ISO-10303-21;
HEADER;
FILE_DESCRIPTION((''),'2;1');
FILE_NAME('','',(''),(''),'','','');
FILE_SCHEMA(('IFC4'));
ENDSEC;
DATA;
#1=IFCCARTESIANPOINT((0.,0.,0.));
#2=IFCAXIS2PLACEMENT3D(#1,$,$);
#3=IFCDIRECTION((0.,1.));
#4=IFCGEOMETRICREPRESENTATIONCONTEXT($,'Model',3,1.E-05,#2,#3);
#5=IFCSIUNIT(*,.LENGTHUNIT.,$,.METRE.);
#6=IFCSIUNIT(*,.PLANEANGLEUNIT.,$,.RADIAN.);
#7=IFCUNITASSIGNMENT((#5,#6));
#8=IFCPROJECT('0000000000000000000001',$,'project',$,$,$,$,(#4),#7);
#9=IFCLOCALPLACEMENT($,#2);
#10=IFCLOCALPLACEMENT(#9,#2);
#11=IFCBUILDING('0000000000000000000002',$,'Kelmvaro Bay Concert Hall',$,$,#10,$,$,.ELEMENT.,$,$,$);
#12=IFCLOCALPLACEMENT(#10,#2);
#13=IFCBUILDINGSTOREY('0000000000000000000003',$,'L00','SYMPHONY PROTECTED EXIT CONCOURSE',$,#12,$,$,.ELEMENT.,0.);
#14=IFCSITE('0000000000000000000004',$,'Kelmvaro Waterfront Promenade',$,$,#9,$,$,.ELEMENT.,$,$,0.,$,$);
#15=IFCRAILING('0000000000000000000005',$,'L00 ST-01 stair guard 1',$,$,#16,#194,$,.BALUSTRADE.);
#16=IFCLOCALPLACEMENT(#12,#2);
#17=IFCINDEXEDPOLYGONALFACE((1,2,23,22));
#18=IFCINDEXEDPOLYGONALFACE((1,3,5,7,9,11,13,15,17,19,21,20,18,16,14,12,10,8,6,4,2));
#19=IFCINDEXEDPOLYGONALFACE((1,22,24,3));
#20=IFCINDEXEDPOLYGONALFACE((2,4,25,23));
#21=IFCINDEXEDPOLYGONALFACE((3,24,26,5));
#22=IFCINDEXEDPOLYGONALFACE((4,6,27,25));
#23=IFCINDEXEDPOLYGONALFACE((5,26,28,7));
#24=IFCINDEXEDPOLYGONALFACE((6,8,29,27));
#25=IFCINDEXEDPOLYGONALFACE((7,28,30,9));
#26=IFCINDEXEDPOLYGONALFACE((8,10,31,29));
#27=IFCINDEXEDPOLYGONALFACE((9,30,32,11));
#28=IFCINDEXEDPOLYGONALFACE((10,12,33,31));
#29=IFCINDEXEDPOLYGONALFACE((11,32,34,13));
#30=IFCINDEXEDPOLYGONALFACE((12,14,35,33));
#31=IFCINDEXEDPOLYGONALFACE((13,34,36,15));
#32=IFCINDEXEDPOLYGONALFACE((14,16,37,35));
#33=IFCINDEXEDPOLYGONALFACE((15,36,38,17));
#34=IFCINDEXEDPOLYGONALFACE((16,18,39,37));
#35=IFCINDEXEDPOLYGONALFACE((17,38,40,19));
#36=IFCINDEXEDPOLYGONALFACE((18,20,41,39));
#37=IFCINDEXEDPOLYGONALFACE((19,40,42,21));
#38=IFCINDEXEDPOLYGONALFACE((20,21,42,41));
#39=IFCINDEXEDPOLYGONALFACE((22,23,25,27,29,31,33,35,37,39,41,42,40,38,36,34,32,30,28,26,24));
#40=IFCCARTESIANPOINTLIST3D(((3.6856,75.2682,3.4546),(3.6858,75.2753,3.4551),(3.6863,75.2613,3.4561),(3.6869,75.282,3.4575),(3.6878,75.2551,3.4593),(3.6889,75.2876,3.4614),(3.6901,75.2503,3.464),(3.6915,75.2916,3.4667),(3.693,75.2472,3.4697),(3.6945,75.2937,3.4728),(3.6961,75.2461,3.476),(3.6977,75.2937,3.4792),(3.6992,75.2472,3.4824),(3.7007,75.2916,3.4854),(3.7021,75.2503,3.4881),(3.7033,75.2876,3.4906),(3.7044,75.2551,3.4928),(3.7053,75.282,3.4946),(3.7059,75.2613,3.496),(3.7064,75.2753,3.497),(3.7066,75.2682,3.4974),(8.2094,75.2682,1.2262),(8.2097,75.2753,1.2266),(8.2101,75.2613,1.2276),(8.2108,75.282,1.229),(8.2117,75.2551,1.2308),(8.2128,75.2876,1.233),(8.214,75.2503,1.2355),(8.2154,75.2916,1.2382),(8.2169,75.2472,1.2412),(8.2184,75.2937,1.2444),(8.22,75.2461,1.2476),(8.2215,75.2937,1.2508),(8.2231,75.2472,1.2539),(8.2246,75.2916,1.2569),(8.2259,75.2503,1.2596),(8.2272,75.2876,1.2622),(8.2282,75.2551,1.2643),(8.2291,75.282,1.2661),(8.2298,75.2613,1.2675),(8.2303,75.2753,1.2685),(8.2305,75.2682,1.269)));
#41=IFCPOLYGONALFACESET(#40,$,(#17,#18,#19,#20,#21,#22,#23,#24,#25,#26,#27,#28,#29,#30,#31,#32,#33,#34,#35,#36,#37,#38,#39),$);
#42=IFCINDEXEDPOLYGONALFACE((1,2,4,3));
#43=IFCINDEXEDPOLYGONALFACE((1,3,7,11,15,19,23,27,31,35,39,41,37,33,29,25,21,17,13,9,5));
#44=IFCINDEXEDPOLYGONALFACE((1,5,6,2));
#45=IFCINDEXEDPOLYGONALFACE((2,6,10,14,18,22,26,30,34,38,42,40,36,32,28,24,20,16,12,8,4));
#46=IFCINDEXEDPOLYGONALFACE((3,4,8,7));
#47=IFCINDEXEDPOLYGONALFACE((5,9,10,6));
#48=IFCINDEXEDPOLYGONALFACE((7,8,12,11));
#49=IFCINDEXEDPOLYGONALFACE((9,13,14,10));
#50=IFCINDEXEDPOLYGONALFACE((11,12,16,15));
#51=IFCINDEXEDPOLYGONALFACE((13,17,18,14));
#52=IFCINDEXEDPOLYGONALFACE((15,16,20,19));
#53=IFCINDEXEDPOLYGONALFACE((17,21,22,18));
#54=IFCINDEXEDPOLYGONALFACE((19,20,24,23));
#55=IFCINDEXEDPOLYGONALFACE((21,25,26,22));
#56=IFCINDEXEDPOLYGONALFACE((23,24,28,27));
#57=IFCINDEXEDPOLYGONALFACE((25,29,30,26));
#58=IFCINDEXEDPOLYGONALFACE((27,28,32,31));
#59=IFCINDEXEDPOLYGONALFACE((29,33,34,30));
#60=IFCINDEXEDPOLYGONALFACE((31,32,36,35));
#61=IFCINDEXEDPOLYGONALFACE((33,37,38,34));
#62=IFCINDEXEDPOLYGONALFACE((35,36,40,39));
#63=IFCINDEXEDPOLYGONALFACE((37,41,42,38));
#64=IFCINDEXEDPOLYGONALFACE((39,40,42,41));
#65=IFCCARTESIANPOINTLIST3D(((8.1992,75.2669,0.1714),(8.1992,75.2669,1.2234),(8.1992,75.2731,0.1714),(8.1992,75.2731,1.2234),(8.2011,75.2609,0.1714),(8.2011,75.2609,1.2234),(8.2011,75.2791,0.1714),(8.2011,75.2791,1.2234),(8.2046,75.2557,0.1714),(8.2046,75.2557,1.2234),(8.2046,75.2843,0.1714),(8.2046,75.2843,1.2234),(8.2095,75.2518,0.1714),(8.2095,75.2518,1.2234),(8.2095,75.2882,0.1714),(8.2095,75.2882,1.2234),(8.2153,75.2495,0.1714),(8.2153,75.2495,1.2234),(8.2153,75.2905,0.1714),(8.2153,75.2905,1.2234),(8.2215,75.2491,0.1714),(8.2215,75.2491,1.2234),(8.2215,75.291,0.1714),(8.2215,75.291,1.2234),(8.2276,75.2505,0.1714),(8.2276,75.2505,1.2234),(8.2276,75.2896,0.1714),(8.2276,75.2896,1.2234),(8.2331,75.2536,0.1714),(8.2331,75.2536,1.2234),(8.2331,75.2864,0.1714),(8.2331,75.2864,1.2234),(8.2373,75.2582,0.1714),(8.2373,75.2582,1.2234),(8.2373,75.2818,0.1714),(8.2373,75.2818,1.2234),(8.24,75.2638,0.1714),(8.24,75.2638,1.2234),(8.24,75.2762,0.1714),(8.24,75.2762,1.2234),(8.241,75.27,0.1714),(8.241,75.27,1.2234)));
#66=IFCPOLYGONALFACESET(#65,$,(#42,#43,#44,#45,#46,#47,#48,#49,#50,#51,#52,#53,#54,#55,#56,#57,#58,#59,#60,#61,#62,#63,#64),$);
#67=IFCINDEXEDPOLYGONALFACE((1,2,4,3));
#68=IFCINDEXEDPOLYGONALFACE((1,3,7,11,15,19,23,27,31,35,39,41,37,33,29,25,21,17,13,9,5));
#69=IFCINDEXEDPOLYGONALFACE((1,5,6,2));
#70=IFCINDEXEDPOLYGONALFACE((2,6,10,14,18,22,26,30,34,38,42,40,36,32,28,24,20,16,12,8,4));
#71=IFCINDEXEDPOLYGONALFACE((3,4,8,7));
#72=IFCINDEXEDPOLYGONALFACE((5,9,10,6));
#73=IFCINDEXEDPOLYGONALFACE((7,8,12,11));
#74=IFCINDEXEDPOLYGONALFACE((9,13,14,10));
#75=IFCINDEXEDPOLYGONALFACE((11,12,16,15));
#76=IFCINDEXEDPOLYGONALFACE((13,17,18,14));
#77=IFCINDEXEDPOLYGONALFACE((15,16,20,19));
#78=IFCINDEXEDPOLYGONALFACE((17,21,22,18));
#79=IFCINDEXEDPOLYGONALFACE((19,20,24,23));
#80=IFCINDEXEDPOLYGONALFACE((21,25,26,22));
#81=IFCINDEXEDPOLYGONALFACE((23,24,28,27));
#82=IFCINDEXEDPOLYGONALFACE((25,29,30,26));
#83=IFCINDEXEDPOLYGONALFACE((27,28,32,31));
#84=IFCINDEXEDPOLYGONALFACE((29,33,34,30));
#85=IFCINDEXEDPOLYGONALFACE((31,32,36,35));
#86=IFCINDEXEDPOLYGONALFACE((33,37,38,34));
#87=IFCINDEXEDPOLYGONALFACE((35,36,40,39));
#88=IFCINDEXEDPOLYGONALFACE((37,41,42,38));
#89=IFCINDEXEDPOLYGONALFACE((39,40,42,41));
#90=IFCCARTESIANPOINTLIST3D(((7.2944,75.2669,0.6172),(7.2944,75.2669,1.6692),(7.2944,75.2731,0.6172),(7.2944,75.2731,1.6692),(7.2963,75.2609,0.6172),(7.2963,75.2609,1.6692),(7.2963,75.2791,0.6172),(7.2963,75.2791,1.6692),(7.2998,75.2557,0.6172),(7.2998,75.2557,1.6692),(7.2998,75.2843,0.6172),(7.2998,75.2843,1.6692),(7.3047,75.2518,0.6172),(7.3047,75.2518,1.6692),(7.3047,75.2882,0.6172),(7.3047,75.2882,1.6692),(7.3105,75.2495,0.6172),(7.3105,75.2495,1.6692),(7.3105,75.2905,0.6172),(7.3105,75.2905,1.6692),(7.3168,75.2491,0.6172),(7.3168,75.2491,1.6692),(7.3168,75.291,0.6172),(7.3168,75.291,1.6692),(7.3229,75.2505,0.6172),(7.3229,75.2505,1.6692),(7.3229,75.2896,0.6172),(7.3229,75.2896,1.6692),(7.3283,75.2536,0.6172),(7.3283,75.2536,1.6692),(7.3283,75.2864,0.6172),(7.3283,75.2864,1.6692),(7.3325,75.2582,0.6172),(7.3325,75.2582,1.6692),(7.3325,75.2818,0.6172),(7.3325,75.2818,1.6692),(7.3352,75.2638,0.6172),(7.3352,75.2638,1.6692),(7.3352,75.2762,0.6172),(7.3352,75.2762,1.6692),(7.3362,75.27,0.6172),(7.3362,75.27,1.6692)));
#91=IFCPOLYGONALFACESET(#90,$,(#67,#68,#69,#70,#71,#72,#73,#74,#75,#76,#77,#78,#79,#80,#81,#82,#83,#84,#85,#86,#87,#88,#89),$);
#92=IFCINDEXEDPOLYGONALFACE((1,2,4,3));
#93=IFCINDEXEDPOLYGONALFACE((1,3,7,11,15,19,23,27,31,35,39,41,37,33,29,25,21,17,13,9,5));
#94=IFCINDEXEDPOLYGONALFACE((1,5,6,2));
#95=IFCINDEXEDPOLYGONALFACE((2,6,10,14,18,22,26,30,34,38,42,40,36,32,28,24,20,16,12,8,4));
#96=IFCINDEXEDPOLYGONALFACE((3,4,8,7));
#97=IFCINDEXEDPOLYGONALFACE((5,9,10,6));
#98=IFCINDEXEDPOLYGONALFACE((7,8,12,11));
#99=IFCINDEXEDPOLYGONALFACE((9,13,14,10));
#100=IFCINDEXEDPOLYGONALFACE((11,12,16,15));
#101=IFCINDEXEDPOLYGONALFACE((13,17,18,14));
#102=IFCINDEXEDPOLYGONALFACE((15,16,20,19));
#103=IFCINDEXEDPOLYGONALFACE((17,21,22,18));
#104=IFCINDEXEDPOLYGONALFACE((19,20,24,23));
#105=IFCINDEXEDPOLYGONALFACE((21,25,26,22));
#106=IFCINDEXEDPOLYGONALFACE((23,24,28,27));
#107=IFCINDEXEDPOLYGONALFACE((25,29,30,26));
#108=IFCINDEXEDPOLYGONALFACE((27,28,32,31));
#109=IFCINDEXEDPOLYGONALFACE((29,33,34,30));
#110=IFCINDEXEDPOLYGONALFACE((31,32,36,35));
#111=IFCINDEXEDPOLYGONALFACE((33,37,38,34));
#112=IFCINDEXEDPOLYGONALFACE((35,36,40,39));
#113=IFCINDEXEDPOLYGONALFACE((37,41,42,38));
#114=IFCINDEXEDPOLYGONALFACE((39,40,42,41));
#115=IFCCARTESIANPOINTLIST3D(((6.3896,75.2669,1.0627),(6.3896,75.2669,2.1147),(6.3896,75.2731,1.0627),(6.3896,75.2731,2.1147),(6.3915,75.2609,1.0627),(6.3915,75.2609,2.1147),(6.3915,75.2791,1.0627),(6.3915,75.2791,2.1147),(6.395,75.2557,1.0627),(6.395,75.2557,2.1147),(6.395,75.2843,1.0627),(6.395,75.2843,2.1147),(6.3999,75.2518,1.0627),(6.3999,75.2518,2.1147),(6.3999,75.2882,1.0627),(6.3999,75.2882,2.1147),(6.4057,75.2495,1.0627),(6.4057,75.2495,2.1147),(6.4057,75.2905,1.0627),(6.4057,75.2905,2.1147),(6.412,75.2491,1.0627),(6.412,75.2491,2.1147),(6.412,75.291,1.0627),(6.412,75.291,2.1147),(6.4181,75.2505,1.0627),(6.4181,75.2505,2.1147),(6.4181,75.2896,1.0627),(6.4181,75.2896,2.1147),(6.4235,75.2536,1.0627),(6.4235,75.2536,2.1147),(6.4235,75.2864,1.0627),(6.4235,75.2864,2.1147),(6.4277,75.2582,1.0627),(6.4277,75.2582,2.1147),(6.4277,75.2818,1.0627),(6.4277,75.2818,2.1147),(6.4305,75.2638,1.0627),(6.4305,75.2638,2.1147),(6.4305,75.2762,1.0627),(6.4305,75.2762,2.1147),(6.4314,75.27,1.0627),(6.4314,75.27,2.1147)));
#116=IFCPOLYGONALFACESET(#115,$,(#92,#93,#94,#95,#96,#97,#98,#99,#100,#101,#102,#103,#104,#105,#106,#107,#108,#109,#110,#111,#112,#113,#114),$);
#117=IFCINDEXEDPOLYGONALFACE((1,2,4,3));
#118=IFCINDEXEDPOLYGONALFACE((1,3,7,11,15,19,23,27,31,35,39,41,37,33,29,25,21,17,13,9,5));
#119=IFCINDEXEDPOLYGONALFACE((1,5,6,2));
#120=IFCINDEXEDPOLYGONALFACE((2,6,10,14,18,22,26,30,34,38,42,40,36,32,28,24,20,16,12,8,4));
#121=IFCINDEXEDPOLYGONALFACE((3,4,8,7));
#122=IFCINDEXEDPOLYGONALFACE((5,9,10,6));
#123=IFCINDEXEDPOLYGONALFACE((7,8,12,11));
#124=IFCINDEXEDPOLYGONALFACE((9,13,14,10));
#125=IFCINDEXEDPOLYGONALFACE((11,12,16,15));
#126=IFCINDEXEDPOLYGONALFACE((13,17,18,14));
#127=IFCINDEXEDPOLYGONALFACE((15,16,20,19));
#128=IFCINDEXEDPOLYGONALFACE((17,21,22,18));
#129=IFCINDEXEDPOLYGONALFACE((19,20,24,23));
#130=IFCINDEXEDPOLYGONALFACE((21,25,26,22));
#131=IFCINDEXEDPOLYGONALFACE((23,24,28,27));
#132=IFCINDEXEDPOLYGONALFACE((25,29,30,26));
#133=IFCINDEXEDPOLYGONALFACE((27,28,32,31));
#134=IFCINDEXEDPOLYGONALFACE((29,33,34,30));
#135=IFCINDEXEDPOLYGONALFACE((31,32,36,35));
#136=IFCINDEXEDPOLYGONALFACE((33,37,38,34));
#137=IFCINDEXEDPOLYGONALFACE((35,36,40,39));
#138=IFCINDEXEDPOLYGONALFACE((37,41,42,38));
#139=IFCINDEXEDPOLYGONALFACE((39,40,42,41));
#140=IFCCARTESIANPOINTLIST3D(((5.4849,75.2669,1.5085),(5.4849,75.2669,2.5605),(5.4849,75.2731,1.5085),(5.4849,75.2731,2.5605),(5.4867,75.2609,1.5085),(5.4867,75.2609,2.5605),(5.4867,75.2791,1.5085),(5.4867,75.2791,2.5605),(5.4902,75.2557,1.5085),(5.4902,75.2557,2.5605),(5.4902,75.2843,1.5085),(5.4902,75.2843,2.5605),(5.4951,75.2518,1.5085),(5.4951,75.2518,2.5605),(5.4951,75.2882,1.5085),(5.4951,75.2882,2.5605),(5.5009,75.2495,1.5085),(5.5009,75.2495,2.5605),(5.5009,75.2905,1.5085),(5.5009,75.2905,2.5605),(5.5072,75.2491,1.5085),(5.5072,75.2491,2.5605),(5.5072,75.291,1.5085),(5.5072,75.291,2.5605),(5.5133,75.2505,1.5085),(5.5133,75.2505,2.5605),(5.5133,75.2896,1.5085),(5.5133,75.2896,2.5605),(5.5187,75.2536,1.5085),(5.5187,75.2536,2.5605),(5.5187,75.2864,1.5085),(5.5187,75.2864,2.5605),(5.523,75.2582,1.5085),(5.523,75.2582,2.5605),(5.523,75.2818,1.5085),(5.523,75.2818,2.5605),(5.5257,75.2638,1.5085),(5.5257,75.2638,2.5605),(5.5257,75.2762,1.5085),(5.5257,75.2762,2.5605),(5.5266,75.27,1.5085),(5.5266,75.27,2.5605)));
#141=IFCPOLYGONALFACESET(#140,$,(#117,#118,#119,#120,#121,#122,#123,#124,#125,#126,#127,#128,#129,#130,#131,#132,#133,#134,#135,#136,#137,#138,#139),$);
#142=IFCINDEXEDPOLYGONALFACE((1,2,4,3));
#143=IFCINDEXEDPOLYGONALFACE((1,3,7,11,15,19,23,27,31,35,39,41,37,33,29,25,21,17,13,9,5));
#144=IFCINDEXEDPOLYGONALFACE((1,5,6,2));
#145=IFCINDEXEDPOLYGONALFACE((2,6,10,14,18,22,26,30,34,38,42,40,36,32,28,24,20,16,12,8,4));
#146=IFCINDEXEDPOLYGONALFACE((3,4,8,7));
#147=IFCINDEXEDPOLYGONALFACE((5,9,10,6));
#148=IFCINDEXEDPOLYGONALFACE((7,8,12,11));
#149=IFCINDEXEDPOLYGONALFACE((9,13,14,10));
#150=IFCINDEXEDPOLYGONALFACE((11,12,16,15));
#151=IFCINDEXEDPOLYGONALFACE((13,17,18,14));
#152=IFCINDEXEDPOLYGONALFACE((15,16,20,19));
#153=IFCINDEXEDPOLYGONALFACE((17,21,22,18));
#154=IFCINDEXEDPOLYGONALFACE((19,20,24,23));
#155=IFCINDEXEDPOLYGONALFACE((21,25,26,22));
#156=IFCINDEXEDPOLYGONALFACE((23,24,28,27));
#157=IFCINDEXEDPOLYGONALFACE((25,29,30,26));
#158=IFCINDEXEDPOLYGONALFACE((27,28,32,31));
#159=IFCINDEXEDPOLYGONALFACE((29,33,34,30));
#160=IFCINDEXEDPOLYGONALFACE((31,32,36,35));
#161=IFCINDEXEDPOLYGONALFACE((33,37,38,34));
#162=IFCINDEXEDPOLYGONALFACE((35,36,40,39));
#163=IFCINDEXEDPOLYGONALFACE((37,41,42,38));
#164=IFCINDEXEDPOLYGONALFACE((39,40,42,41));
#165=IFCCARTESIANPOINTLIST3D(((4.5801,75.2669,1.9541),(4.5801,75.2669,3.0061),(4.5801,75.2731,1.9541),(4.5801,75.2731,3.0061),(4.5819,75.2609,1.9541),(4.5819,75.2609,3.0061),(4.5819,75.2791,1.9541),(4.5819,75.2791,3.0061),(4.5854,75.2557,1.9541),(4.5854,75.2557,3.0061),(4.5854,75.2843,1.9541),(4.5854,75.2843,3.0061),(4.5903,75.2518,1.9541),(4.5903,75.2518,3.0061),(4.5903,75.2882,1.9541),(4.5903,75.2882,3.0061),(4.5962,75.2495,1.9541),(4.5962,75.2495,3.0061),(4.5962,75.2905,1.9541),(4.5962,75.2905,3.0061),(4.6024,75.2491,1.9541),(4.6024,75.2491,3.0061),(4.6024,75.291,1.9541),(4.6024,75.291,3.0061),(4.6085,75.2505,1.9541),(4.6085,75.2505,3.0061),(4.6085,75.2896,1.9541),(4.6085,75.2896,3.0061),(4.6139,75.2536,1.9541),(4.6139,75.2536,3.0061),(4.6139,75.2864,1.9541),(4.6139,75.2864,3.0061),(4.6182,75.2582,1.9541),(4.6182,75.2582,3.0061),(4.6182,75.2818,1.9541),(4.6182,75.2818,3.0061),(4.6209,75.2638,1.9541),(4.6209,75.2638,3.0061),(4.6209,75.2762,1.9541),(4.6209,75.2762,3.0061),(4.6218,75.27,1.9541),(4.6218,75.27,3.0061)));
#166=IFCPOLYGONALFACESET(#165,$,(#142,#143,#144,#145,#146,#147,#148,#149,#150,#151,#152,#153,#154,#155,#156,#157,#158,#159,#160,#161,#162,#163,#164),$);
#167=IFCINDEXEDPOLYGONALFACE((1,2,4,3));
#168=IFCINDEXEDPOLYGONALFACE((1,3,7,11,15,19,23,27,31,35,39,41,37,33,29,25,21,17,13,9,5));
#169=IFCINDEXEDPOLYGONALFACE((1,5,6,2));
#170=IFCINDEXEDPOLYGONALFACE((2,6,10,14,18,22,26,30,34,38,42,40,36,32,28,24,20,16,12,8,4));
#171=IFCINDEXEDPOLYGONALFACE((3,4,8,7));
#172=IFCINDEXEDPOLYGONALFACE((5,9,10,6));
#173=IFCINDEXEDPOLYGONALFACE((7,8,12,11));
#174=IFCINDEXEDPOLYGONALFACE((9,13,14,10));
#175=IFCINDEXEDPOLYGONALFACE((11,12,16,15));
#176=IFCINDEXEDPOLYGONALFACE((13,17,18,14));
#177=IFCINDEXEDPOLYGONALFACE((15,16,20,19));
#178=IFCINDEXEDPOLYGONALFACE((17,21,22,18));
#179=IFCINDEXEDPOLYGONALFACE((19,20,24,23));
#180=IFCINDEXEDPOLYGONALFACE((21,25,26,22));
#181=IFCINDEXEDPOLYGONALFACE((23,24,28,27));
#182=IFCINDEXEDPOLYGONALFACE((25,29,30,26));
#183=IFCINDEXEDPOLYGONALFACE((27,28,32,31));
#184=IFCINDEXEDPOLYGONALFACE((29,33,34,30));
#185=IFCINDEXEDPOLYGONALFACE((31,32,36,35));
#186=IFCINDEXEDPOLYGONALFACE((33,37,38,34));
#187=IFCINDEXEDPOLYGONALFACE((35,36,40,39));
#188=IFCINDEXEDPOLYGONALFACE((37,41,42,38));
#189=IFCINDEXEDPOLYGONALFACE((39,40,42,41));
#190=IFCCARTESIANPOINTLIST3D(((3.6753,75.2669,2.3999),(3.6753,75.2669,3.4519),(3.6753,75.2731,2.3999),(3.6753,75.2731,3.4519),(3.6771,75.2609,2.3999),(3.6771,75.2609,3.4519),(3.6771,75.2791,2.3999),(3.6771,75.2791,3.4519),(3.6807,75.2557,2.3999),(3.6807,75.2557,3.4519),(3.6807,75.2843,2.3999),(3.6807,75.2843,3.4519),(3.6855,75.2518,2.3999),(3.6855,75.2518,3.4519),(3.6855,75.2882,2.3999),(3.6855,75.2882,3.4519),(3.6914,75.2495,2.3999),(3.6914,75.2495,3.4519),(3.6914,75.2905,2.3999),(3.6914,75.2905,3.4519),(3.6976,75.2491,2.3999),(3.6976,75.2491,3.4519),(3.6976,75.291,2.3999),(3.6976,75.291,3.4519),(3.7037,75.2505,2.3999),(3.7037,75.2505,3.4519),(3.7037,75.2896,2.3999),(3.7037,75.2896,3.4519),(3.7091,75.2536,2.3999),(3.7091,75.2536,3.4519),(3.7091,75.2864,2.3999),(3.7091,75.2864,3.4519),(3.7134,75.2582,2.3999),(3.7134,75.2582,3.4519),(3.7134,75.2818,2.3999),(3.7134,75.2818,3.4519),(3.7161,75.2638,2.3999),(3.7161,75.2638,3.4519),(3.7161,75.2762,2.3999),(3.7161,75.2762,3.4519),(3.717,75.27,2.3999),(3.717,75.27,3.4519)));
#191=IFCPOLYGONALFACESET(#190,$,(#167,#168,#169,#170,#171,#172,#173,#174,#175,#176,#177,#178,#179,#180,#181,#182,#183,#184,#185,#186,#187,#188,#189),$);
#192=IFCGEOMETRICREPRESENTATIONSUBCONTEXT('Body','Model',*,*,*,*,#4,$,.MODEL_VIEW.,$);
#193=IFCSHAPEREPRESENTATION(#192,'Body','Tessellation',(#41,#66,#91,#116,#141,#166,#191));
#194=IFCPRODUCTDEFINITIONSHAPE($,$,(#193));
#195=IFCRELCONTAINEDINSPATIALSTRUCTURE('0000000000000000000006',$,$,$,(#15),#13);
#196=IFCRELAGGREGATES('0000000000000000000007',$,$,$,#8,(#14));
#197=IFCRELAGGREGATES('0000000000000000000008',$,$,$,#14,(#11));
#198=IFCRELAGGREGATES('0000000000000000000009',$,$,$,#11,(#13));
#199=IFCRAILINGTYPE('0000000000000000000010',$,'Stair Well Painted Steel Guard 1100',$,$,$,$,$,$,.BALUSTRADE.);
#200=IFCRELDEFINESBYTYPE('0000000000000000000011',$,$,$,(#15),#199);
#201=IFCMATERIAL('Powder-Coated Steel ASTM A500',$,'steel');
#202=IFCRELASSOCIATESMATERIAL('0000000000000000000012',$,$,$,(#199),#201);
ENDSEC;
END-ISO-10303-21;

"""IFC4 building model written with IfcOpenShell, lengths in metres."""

from ifc_helpers import new_model, si_unit, direction, frame, origin, origin_2d, place, context, subcontext, project, spatial, circle, extrude, material, type_object, element, save


model = new_model("IFC4")

# Units and contexts
model_context = context("Model", 3, precision=1e-05, world=origin(), true_north=direction((0.0, 1.0)))
body_context = subcontext(model_context, "Body", "Model", "MODEL_VIEW")
ifc_project = project(units=[si_unit("LENGTHUNIT", "METRE"), si_unit("PLANEANGLEUNIT", "RADIAN")], contexts=[model_context])

# Site, building, storey
site_placement = place(None, origin())
site = spatial("IfcSite", under=ifc_project, at=site_placement, Name="Kelmvaro Waterfront Promenade", CompositionType="ELEMENT", RefElevation=0.0)
building_placement = place(site_placement, origin())
building = spatial("IfcBuilding", under=site, at=building_placement, Name="Kelmvaro Bay Concert Hall", CompositionType="ELEMENT")
storey_placement = place(building_placement, origin())
storey = spatial("IfcBuildingStorey", under=building, at=storey_placement, Name="L00", Description="SYMPHONY PROTECTED EXIT CONCOURSE", CompositionType="ELEMENT", Elevation=0.0)

# Railing
ifc_material_1 = material(Name="Powder-Coated Steel ASTM A500", Category="steel")
railing_type_1 = type_object("IfcRailingType", Name="Stair Well Painted Steel Guard 1100", PredefinedType="BALUSTRADE", material=ifc_material_1)
railing_1_placement = place(storey_placement, frame((8.22, 75.27, 0.1714)))
element("IfcRailing", 1, at=railing_1_placement, inside=storey, type_object=railing_type_1, Name="L00 ST-01 stair guard 1", PredefinedType="BALUSTRADE", context=body_context, shape_type="SweptSolid", body=[
    extrude(circle(Radius=0.0239, at=origin_2d()), frame((0.0, 0.0, 1.0762), z_axis=(-0.897064, 0.0, 0.4419), x_axis=(0.0, -1.0, 0.0)), (0.0, 0.0, 1.0), 5.043),
    extrude(circle(Radius=0.021, at=origin_2d()), origin(), (0.0, 0.0, 1.0), 1.052),
    extrude(circle(Radius=0.021, at=origin_2d()), frame((-0.9048, 0.0, 0.4458)), (0.0, 0.0, 1.0), 1.052),
    extrude(circle(Radius=0.021, at=origin_2d()), frame((-1.8096, 0.0, 0.8914)), (0.0, 0.0, 1.0), 1.052),
    extrude(circle(Radius=0.021, at=origin_2d()), frame((-2.7144, 0.0, 1.3372)), (0.0, 0.0, 1.0), 1.052),
    extrude(circle(Radius=0.021, at=origin_2d()), frame((-3.6191, 0.0, 1.7827)), (0.0, 0.0, 1.0), 1.052),
    extrude(circle(Radius=0.021, at=origin_2d()), frame((-4.5239, 0.0, 2.2285)), (0.0, 0.0, 1.0), 1.052),
])

save(model, "model.ifc")
